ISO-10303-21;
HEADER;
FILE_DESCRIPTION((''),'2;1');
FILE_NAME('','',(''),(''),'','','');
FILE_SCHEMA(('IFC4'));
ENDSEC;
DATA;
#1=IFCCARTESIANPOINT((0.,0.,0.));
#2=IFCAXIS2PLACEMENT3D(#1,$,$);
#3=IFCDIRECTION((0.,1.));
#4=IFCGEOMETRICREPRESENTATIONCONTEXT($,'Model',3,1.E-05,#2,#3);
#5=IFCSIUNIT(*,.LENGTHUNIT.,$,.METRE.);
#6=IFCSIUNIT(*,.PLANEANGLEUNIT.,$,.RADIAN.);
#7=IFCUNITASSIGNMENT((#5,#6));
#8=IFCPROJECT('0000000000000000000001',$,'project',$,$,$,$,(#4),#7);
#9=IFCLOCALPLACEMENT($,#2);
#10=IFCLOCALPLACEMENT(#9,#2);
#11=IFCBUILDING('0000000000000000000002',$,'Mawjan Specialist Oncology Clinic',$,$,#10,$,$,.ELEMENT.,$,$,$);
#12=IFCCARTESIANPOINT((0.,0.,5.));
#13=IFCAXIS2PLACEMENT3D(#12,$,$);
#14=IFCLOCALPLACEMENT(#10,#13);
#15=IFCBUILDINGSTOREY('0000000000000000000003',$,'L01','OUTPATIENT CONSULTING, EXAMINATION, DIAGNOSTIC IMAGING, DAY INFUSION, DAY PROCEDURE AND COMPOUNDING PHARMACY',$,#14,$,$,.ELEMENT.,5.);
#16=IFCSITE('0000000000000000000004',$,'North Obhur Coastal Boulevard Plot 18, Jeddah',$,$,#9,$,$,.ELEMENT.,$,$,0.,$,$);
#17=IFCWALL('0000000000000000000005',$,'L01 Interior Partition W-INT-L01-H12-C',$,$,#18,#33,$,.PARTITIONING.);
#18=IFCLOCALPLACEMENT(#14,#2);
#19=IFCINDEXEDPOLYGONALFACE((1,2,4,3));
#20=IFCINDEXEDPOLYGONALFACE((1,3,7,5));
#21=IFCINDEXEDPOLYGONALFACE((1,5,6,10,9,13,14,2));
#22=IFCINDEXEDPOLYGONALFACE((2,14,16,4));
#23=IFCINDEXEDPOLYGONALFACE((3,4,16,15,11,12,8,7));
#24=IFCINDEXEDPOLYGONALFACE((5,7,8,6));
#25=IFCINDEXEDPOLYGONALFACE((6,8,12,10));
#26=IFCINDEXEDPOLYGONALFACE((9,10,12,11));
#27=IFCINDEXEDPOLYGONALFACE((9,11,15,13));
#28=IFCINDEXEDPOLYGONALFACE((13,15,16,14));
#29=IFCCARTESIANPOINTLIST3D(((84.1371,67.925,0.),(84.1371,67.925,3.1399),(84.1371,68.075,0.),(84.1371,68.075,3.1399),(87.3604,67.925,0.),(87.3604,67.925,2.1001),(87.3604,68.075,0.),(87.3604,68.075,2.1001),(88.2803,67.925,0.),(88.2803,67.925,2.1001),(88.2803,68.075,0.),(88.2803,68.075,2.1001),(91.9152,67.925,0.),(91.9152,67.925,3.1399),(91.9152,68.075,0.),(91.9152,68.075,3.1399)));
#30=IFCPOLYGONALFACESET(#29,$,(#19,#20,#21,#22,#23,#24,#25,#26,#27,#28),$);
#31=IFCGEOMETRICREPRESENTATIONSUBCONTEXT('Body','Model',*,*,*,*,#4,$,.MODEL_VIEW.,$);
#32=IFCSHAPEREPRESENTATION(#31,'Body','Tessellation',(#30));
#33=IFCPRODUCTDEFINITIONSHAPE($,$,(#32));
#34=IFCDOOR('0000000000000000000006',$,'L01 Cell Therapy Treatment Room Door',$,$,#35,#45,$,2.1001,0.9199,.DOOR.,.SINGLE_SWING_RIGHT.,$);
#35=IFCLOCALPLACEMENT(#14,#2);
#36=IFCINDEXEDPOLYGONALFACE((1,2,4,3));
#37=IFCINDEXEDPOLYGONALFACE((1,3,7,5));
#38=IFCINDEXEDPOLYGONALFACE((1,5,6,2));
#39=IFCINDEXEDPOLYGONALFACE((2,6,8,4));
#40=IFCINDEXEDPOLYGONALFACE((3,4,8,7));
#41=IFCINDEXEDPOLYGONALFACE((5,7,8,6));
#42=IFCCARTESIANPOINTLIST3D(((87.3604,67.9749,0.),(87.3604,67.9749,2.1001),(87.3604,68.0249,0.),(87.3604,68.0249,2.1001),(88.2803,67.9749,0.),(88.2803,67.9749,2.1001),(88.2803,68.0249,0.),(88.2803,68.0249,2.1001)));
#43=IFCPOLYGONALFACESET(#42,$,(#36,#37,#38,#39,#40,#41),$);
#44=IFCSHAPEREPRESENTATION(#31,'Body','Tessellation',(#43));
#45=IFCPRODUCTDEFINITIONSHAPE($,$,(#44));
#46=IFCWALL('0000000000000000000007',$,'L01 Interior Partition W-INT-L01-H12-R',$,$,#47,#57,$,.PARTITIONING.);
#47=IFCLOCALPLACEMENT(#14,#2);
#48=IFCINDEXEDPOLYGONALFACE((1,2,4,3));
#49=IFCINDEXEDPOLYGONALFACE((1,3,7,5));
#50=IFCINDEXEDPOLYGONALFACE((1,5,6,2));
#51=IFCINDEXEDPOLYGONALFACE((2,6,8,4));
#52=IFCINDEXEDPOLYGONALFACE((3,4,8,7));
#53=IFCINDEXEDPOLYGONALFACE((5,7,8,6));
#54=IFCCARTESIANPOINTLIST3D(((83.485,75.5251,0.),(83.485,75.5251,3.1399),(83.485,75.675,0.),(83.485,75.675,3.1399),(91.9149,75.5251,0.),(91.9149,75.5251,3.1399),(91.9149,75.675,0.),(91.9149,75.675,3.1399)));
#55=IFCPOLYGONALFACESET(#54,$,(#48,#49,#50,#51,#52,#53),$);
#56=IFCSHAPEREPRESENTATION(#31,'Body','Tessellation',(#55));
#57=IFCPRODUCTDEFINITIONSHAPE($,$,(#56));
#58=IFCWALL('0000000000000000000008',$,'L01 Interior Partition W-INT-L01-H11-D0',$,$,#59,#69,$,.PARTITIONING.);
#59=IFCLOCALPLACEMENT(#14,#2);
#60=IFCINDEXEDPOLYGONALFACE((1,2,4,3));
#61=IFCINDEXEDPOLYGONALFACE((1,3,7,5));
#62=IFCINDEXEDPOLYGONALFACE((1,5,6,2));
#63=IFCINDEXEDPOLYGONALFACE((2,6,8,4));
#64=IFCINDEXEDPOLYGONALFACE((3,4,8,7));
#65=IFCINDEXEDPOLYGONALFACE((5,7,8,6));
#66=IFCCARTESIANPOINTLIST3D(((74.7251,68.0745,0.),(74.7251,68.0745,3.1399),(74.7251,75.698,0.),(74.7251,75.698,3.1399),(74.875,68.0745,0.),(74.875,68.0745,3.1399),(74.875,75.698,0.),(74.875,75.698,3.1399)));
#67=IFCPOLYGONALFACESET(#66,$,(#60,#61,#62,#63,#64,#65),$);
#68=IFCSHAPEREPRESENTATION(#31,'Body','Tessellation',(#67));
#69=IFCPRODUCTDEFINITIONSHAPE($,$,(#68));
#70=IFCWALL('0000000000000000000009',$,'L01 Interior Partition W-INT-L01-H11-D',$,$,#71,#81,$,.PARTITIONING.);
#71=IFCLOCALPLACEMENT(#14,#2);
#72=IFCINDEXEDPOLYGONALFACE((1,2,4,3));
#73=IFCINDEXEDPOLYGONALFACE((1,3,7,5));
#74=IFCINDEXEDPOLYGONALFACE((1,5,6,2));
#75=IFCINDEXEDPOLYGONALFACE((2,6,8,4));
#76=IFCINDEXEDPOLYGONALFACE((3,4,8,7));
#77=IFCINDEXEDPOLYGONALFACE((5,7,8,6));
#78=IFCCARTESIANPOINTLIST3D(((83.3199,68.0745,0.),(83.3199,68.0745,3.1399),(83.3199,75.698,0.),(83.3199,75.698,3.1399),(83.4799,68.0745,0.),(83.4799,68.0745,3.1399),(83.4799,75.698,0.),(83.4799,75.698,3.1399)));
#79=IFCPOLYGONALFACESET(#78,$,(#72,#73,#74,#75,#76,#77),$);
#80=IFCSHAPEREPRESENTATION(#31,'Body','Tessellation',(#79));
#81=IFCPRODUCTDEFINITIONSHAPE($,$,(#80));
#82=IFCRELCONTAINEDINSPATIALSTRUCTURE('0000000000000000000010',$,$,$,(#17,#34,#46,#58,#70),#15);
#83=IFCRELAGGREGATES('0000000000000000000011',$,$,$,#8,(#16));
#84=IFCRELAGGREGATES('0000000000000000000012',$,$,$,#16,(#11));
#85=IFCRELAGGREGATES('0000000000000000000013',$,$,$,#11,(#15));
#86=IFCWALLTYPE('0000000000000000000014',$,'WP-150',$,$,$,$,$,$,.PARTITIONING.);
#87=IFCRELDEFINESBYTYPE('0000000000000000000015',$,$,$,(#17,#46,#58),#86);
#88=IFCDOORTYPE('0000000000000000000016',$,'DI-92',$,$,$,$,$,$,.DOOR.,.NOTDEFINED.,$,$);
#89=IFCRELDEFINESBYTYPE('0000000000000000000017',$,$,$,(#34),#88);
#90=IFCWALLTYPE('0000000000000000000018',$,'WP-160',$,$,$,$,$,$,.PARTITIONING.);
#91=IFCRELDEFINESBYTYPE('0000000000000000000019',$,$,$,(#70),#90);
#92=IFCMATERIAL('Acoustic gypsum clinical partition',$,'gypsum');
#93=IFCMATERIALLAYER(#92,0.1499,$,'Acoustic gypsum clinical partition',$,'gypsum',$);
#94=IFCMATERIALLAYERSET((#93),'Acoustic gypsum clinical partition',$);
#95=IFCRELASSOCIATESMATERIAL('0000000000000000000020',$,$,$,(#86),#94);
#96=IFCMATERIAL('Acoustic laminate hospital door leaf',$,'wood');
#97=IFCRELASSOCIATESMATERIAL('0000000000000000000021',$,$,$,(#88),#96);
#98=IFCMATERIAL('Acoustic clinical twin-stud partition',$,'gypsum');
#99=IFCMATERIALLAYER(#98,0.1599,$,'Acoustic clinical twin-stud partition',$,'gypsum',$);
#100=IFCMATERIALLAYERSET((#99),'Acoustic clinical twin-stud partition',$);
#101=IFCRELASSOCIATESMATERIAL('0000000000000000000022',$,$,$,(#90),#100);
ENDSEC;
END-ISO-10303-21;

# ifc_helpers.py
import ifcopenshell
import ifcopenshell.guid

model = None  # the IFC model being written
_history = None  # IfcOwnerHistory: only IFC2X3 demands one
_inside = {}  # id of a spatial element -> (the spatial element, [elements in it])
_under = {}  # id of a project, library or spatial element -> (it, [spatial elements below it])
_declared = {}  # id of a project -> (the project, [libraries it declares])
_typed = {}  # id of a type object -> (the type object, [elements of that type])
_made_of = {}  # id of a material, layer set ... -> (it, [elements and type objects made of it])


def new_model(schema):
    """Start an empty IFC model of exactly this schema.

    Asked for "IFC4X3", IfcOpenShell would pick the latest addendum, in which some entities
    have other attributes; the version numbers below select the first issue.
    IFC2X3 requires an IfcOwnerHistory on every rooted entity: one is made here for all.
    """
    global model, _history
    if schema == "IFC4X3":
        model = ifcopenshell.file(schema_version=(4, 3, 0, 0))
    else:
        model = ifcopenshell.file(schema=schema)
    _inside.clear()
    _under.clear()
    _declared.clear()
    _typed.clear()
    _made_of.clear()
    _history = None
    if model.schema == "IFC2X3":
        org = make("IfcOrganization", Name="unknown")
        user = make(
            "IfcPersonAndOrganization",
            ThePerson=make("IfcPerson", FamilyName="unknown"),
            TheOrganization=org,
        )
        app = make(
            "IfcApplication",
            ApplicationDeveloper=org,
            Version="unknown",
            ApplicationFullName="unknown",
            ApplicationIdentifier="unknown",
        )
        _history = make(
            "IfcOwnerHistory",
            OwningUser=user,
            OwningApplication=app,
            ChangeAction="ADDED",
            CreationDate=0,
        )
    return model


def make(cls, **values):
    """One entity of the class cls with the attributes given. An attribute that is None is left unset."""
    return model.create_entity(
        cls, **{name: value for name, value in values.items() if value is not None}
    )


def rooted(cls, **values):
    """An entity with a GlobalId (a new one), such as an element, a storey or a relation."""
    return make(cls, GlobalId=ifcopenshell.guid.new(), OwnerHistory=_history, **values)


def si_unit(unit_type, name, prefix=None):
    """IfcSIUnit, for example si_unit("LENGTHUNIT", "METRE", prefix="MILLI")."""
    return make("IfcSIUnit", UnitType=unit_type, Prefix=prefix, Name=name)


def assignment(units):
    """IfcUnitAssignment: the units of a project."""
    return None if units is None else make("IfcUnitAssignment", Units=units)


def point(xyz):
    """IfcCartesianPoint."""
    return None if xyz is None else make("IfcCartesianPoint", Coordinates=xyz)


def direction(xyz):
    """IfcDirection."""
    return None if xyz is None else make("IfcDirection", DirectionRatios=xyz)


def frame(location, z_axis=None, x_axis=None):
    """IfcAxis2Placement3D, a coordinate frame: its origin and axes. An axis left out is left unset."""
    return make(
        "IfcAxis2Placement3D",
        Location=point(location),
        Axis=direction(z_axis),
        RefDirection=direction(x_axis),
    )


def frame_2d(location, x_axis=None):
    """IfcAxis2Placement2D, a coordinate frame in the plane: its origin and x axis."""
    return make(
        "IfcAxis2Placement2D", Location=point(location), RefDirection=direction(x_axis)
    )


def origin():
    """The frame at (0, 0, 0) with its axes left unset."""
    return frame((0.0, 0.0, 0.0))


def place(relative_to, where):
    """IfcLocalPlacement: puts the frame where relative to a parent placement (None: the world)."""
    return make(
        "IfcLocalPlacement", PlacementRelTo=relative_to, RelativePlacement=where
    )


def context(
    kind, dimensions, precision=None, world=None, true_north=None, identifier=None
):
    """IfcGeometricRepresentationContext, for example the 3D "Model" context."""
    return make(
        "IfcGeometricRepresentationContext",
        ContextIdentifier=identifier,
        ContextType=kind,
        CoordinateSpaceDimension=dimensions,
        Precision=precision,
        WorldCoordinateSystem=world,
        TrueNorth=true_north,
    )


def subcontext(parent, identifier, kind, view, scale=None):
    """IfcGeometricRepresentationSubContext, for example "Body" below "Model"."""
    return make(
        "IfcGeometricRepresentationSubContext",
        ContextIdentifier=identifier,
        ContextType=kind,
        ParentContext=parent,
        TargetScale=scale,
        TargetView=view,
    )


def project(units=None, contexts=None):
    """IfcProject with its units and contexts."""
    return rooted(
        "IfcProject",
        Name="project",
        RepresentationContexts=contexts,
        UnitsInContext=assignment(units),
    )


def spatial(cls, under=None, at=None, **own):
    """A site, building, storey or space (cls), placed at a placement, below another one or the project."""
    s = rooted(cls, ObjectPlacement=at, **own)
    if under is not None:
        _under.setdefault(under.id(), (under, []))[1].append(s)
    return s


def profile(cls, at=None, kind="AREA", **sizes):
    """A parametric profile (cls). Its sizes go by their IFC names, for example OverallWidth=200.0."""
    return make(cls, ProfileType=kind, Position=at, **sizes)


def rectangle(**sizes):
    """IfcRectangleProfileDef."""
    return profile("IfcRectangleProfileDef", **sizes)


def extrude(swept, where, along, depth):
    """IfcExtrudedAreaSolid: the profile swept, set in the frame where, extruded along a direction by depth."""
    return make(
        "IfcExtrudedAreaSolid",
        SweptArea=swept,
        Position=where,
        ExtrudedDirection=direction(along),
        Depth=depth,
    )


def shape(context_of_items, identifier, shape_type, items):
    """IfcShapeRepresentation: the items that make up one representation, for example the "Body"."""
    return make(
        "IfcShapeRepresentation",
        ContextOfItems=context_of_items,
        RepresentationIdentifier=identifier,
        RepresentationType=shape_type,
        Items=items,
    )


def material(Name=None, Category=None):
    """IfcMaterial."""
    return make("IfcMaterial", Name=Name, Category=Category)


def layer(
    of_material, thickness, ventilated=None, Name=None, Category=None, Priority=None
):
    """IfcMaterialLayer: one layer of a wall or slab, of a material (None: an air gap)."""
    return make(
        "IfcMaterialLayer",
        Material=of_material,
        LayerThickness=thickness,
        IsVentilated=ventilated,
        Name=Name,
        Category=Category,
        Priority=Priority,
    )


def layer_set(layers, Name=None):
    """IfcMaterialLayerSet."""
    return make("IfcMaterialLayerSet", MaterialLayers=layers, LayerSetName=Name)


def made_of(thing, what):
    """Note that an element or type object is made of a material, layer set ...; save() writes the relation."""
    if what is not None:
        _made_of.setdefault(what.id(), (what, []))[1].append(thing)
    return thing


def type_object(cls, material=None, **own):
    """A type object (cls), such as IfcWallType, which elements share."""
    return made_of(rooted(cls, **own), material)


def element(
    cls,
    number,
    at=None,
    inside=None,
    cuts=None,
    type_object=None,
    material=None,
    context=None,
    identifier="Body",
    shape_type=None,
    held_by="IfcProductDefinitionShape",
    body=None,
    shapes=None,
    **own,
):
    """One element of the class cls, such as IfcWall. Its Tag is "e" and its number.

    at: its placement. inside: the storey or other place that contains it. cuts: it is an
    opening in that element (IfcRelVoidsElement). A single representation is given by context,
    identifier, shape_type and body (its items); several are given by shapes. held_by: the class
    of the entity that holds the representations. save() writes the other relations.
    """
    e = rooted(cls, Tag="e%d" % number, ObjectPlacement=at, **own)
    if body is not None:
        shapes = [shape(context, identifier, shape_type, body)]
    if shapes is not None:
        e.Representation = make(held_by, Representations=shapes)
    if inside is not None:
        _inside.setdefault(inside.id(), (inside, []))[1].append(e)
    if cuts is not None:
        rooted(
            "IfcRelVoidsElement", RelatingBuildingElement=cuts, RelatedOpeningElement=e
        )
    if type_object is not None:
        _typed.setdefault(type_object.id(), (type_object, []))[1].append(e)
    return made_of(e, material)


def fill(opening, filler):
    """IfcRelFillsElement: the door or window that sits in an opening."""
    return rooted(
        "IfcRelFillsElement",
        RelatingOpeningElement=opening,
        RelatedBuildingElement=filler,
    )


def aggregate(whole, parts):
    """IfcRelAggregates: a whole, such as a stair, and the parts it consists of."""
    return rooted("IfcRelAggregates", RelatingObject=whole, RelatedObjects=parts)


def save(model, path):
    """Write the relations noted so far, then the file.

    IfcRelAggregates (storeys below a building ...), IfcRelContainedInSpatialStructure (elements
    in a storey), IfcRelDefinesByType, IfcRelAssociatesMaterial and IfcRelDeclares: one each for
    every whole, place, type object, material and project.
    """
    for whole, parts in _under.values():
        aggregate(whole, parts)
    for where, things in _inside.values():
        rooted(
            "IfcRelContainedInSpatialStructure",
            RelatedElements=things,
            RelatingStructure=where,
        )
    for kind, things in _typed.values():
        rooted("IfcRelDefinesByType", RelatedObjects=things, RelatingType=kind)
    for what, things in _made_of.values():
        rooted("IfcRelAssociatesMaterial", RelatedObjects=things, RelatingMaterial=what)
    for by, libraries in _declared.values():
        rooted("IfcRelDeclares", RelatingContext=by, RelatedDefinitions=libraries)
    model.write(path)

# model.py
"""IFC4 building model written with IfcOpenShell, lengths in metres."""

from ifc_helpers import new_model, si_unit, direction, frame, frame_2d, origin, place, context, subcontext, project, spatial, rectangle, extrude, material, layer, layer_set, type_object, element, fill, save


model = new_model("IFC4")

# Units and contexts
model_context = context("Model", 3, precision=1e-05, world=origin(), true_north=direction((0.0, 1.0)))
body_context = subcontext(model_context, "Body", "Model", "MODEL_VIEW")
ifc_project = project(units=[si_unit("LENGTHUNIT", "METRE"), si_unit("PLANEANGLEUNIT", "RADIAN")], contexts=[model_context])

# Site, building, storey
site_placement = place(None, origin())
site = spatial("IfcSite", under=ifc_project, at=site_placement, Name="North Obhur Coastal Boulevard Plot 18, Jeddah", CompositionType="ELEMENT", RefElevation=0.0)
building_placement = place(site_placement, origin())
building = spatial("IfcBuilding", under=site, at=building_placement, Name="Mawjan Specialist Oncology Clinic", CompositionType="ELEMENT")
storey_placement = place(building_placement, frame((0.0, 0.0, 5.0)))
storey = spatial("IfcBuildingStorey", under=building, at=storey_placement, Name="L01", Description="OUTPATIENT CONSULTING, EXAMINATION, DIAGNOSTIC IMAGING, DAY INFUSION, DAY PROCEDURE AND COMPOUNDING PHARMACY", CompositionType="ELEMENT", Elevation=5.0)

# Wall, opening, door
ifc_material_1 = material(Name="Acoustic gypsum clinical partition", Category="gypsum")
ifc_layer_1 = layer(ifc_material_1, 0.1499, Name="Acoustic gypsum clinical partition", Category="gypsum")
ifc_layer_set_1 = layer_set([ifc_layer_1], Name="Acoustic gypsum clinical partition")
wall_type_1 = type_object("IfcWallType", Name="WP-150", PredefinedType="PARTITIONING", material=ifc_layer_set_1)
wall_1_placement = place(storey_placement, frame((84.137, 68.0, 0.0), z_axis=(0.0, 0.0, 1.0), x_axis=(1.0, 0.0, 0.0)))
wall_1 = element("IfcWall", 1, at=wall_1_placement, inside=storey, type_object=wall_type_1, Name="L01 Interior Partition W-INT-L01-H12-C", PredefinedType="PARTITIONING", context=body_context, shape_type="SweptSolid", body=[
    extrude(rectangle(XDim=7.7781, YDim=0.1499, at=frame_2d((3.8892, 0.0))), origin(), (0.0, 0.0, 1.0), 3.1399),
])
opening_1_placement = place(wall_1_placement, frame((3.2234, 0.0, 0.0)))
opening_1 = element("IfcOpeningElement", 2, at=opening_1_placement, cuts=wall_1, PredefinedType="OPENING", context=body_context, shape_type="SweptSolid", body=[
    extrude(rectangle(XDim=0.9199, YDim=2.1001, at=frame_2d((0.46, 1.05))), frame((0.0, 0.0869, 0.0), z_axis=(0.0, -1.0, 0.0), x_axis=(1.0, 0.0, 0.0)), (0.0, 0.0, 1.0), 0.1738),
])
ifc_material_2 = material(Name="Acoustic laminate hospital door leaf", Category="wood")
door_type_1 = type_object("IfcDoorType", Name="DI-92", OperationType="NOTDEFINED", PredefinedType="DOOR", material=ifc_material_2)
door_1_placement = place(opening_1_placement, origin())
door_1 = element("IfcDoor", 3, at=door_1_placement, inside=storey, type_object=door_type_1, Name="L01 Cell Therapy Treatment Room Door", OperationType="SINGLE_SWING_RIGHT", OverallHeight=2.1001, OverallWidth=0.9199, PredefinedType="DOOR", context=body_context, shape_type="SweptSolid", body=[
    extrude(rectangle(XDim=0.9199, YDim=2.1001, at=frame_2d((0.46, 1.05))), frame((0.0, 0.0249, 0.0), z_axis=(0.0, -1.0, 0.0), x_axis=(1.0, 0.0, 0.0)), (0.0, 0.0, 1.0), 0.05),
])
fill(opening_1, door_1)

# Walls
wall_2_placement = place(storey_placement, frame((83.4851, 75.6001, 0.0), z_axis=(0.0, 0.0, 1.0), x_axis=(1.0, 0.0, 0.0)))
element("IfcWall", 4, at=wall_2_placement, inside=storey, type_object=wall_type_1, Name="L01 Interior Partition W-INT-L01-H12-R", PredefinedType="PARTITIONING", context=body_context, shape_type="SweptSolid", body=[
    extrude(rectangle(XDim=8.4299, YDim=0.1499, at=frame_2d((4.2148, 0.0))), origin(), (0.0, 0.0, 1.0), 3.1399),
])
wall_3_placement = place(storey_placement, frame((74.8, 68.0745, 0.0), z_axis=(0.0, 0.0, 1.0), x_axis=(0.0, 1.0, 0.0)))
element("IfcWall", 5, at=wall_3_placement, inside=storey, type_object=wall_type_1, Name="L01 Interior Partition W-INT-L01-H11-D0", PredefinedType="PARTITIONING", context=body_context, shape_type="SweptSolid", body=[
    extrude(rectangle(XDim=7.6235, YDim=0.1499, at=frame_2d((3.8118, 0.0))), origin(), (0.0, 0.0, 1.0), 3.1399),
])
ifc_material_3 = material(Name="Acoustic clinical twin-stud partition", Category="gypsum")
ifc_layer_2 = layer(ifc_material_3, 0.1599, Name="Acoustic clinical twin-stud partition", Category="gypsum")
ifc_layer_set_2 = layer_set([ifc_layer_2], Name="Acoustic clinical twin-stud partition")
wall_type_2 = type_object("IfcWallType", Name="WP-160", PredefinedType="PARTITIONING", material=ifc_layer_set_2)
wall_4_placement = place(storey_placement, frame((83.3999, 68.0745, 0.0), z_axis=(0.0, 0.0, 1.0), x_axis=(0.0, 1.0, 0.0)))
element("IfcWall", 6, at=wall_4_placement, inside=storey, type_object=wall_type_2, Name="L01 Interior Partition W-INT-L01-H11-D", PredefinedType="PARTITIONING", context=body_context, shape_type="SweptSolid", body=[
    extrude(rectangle(XDim=7.6235, YDim=0.1599, at=frame_2d((3.8118, 0.0))), origin(), (0.0, 0.0, 1.0), 3.1399),
])

save(model, "model.ifc")
